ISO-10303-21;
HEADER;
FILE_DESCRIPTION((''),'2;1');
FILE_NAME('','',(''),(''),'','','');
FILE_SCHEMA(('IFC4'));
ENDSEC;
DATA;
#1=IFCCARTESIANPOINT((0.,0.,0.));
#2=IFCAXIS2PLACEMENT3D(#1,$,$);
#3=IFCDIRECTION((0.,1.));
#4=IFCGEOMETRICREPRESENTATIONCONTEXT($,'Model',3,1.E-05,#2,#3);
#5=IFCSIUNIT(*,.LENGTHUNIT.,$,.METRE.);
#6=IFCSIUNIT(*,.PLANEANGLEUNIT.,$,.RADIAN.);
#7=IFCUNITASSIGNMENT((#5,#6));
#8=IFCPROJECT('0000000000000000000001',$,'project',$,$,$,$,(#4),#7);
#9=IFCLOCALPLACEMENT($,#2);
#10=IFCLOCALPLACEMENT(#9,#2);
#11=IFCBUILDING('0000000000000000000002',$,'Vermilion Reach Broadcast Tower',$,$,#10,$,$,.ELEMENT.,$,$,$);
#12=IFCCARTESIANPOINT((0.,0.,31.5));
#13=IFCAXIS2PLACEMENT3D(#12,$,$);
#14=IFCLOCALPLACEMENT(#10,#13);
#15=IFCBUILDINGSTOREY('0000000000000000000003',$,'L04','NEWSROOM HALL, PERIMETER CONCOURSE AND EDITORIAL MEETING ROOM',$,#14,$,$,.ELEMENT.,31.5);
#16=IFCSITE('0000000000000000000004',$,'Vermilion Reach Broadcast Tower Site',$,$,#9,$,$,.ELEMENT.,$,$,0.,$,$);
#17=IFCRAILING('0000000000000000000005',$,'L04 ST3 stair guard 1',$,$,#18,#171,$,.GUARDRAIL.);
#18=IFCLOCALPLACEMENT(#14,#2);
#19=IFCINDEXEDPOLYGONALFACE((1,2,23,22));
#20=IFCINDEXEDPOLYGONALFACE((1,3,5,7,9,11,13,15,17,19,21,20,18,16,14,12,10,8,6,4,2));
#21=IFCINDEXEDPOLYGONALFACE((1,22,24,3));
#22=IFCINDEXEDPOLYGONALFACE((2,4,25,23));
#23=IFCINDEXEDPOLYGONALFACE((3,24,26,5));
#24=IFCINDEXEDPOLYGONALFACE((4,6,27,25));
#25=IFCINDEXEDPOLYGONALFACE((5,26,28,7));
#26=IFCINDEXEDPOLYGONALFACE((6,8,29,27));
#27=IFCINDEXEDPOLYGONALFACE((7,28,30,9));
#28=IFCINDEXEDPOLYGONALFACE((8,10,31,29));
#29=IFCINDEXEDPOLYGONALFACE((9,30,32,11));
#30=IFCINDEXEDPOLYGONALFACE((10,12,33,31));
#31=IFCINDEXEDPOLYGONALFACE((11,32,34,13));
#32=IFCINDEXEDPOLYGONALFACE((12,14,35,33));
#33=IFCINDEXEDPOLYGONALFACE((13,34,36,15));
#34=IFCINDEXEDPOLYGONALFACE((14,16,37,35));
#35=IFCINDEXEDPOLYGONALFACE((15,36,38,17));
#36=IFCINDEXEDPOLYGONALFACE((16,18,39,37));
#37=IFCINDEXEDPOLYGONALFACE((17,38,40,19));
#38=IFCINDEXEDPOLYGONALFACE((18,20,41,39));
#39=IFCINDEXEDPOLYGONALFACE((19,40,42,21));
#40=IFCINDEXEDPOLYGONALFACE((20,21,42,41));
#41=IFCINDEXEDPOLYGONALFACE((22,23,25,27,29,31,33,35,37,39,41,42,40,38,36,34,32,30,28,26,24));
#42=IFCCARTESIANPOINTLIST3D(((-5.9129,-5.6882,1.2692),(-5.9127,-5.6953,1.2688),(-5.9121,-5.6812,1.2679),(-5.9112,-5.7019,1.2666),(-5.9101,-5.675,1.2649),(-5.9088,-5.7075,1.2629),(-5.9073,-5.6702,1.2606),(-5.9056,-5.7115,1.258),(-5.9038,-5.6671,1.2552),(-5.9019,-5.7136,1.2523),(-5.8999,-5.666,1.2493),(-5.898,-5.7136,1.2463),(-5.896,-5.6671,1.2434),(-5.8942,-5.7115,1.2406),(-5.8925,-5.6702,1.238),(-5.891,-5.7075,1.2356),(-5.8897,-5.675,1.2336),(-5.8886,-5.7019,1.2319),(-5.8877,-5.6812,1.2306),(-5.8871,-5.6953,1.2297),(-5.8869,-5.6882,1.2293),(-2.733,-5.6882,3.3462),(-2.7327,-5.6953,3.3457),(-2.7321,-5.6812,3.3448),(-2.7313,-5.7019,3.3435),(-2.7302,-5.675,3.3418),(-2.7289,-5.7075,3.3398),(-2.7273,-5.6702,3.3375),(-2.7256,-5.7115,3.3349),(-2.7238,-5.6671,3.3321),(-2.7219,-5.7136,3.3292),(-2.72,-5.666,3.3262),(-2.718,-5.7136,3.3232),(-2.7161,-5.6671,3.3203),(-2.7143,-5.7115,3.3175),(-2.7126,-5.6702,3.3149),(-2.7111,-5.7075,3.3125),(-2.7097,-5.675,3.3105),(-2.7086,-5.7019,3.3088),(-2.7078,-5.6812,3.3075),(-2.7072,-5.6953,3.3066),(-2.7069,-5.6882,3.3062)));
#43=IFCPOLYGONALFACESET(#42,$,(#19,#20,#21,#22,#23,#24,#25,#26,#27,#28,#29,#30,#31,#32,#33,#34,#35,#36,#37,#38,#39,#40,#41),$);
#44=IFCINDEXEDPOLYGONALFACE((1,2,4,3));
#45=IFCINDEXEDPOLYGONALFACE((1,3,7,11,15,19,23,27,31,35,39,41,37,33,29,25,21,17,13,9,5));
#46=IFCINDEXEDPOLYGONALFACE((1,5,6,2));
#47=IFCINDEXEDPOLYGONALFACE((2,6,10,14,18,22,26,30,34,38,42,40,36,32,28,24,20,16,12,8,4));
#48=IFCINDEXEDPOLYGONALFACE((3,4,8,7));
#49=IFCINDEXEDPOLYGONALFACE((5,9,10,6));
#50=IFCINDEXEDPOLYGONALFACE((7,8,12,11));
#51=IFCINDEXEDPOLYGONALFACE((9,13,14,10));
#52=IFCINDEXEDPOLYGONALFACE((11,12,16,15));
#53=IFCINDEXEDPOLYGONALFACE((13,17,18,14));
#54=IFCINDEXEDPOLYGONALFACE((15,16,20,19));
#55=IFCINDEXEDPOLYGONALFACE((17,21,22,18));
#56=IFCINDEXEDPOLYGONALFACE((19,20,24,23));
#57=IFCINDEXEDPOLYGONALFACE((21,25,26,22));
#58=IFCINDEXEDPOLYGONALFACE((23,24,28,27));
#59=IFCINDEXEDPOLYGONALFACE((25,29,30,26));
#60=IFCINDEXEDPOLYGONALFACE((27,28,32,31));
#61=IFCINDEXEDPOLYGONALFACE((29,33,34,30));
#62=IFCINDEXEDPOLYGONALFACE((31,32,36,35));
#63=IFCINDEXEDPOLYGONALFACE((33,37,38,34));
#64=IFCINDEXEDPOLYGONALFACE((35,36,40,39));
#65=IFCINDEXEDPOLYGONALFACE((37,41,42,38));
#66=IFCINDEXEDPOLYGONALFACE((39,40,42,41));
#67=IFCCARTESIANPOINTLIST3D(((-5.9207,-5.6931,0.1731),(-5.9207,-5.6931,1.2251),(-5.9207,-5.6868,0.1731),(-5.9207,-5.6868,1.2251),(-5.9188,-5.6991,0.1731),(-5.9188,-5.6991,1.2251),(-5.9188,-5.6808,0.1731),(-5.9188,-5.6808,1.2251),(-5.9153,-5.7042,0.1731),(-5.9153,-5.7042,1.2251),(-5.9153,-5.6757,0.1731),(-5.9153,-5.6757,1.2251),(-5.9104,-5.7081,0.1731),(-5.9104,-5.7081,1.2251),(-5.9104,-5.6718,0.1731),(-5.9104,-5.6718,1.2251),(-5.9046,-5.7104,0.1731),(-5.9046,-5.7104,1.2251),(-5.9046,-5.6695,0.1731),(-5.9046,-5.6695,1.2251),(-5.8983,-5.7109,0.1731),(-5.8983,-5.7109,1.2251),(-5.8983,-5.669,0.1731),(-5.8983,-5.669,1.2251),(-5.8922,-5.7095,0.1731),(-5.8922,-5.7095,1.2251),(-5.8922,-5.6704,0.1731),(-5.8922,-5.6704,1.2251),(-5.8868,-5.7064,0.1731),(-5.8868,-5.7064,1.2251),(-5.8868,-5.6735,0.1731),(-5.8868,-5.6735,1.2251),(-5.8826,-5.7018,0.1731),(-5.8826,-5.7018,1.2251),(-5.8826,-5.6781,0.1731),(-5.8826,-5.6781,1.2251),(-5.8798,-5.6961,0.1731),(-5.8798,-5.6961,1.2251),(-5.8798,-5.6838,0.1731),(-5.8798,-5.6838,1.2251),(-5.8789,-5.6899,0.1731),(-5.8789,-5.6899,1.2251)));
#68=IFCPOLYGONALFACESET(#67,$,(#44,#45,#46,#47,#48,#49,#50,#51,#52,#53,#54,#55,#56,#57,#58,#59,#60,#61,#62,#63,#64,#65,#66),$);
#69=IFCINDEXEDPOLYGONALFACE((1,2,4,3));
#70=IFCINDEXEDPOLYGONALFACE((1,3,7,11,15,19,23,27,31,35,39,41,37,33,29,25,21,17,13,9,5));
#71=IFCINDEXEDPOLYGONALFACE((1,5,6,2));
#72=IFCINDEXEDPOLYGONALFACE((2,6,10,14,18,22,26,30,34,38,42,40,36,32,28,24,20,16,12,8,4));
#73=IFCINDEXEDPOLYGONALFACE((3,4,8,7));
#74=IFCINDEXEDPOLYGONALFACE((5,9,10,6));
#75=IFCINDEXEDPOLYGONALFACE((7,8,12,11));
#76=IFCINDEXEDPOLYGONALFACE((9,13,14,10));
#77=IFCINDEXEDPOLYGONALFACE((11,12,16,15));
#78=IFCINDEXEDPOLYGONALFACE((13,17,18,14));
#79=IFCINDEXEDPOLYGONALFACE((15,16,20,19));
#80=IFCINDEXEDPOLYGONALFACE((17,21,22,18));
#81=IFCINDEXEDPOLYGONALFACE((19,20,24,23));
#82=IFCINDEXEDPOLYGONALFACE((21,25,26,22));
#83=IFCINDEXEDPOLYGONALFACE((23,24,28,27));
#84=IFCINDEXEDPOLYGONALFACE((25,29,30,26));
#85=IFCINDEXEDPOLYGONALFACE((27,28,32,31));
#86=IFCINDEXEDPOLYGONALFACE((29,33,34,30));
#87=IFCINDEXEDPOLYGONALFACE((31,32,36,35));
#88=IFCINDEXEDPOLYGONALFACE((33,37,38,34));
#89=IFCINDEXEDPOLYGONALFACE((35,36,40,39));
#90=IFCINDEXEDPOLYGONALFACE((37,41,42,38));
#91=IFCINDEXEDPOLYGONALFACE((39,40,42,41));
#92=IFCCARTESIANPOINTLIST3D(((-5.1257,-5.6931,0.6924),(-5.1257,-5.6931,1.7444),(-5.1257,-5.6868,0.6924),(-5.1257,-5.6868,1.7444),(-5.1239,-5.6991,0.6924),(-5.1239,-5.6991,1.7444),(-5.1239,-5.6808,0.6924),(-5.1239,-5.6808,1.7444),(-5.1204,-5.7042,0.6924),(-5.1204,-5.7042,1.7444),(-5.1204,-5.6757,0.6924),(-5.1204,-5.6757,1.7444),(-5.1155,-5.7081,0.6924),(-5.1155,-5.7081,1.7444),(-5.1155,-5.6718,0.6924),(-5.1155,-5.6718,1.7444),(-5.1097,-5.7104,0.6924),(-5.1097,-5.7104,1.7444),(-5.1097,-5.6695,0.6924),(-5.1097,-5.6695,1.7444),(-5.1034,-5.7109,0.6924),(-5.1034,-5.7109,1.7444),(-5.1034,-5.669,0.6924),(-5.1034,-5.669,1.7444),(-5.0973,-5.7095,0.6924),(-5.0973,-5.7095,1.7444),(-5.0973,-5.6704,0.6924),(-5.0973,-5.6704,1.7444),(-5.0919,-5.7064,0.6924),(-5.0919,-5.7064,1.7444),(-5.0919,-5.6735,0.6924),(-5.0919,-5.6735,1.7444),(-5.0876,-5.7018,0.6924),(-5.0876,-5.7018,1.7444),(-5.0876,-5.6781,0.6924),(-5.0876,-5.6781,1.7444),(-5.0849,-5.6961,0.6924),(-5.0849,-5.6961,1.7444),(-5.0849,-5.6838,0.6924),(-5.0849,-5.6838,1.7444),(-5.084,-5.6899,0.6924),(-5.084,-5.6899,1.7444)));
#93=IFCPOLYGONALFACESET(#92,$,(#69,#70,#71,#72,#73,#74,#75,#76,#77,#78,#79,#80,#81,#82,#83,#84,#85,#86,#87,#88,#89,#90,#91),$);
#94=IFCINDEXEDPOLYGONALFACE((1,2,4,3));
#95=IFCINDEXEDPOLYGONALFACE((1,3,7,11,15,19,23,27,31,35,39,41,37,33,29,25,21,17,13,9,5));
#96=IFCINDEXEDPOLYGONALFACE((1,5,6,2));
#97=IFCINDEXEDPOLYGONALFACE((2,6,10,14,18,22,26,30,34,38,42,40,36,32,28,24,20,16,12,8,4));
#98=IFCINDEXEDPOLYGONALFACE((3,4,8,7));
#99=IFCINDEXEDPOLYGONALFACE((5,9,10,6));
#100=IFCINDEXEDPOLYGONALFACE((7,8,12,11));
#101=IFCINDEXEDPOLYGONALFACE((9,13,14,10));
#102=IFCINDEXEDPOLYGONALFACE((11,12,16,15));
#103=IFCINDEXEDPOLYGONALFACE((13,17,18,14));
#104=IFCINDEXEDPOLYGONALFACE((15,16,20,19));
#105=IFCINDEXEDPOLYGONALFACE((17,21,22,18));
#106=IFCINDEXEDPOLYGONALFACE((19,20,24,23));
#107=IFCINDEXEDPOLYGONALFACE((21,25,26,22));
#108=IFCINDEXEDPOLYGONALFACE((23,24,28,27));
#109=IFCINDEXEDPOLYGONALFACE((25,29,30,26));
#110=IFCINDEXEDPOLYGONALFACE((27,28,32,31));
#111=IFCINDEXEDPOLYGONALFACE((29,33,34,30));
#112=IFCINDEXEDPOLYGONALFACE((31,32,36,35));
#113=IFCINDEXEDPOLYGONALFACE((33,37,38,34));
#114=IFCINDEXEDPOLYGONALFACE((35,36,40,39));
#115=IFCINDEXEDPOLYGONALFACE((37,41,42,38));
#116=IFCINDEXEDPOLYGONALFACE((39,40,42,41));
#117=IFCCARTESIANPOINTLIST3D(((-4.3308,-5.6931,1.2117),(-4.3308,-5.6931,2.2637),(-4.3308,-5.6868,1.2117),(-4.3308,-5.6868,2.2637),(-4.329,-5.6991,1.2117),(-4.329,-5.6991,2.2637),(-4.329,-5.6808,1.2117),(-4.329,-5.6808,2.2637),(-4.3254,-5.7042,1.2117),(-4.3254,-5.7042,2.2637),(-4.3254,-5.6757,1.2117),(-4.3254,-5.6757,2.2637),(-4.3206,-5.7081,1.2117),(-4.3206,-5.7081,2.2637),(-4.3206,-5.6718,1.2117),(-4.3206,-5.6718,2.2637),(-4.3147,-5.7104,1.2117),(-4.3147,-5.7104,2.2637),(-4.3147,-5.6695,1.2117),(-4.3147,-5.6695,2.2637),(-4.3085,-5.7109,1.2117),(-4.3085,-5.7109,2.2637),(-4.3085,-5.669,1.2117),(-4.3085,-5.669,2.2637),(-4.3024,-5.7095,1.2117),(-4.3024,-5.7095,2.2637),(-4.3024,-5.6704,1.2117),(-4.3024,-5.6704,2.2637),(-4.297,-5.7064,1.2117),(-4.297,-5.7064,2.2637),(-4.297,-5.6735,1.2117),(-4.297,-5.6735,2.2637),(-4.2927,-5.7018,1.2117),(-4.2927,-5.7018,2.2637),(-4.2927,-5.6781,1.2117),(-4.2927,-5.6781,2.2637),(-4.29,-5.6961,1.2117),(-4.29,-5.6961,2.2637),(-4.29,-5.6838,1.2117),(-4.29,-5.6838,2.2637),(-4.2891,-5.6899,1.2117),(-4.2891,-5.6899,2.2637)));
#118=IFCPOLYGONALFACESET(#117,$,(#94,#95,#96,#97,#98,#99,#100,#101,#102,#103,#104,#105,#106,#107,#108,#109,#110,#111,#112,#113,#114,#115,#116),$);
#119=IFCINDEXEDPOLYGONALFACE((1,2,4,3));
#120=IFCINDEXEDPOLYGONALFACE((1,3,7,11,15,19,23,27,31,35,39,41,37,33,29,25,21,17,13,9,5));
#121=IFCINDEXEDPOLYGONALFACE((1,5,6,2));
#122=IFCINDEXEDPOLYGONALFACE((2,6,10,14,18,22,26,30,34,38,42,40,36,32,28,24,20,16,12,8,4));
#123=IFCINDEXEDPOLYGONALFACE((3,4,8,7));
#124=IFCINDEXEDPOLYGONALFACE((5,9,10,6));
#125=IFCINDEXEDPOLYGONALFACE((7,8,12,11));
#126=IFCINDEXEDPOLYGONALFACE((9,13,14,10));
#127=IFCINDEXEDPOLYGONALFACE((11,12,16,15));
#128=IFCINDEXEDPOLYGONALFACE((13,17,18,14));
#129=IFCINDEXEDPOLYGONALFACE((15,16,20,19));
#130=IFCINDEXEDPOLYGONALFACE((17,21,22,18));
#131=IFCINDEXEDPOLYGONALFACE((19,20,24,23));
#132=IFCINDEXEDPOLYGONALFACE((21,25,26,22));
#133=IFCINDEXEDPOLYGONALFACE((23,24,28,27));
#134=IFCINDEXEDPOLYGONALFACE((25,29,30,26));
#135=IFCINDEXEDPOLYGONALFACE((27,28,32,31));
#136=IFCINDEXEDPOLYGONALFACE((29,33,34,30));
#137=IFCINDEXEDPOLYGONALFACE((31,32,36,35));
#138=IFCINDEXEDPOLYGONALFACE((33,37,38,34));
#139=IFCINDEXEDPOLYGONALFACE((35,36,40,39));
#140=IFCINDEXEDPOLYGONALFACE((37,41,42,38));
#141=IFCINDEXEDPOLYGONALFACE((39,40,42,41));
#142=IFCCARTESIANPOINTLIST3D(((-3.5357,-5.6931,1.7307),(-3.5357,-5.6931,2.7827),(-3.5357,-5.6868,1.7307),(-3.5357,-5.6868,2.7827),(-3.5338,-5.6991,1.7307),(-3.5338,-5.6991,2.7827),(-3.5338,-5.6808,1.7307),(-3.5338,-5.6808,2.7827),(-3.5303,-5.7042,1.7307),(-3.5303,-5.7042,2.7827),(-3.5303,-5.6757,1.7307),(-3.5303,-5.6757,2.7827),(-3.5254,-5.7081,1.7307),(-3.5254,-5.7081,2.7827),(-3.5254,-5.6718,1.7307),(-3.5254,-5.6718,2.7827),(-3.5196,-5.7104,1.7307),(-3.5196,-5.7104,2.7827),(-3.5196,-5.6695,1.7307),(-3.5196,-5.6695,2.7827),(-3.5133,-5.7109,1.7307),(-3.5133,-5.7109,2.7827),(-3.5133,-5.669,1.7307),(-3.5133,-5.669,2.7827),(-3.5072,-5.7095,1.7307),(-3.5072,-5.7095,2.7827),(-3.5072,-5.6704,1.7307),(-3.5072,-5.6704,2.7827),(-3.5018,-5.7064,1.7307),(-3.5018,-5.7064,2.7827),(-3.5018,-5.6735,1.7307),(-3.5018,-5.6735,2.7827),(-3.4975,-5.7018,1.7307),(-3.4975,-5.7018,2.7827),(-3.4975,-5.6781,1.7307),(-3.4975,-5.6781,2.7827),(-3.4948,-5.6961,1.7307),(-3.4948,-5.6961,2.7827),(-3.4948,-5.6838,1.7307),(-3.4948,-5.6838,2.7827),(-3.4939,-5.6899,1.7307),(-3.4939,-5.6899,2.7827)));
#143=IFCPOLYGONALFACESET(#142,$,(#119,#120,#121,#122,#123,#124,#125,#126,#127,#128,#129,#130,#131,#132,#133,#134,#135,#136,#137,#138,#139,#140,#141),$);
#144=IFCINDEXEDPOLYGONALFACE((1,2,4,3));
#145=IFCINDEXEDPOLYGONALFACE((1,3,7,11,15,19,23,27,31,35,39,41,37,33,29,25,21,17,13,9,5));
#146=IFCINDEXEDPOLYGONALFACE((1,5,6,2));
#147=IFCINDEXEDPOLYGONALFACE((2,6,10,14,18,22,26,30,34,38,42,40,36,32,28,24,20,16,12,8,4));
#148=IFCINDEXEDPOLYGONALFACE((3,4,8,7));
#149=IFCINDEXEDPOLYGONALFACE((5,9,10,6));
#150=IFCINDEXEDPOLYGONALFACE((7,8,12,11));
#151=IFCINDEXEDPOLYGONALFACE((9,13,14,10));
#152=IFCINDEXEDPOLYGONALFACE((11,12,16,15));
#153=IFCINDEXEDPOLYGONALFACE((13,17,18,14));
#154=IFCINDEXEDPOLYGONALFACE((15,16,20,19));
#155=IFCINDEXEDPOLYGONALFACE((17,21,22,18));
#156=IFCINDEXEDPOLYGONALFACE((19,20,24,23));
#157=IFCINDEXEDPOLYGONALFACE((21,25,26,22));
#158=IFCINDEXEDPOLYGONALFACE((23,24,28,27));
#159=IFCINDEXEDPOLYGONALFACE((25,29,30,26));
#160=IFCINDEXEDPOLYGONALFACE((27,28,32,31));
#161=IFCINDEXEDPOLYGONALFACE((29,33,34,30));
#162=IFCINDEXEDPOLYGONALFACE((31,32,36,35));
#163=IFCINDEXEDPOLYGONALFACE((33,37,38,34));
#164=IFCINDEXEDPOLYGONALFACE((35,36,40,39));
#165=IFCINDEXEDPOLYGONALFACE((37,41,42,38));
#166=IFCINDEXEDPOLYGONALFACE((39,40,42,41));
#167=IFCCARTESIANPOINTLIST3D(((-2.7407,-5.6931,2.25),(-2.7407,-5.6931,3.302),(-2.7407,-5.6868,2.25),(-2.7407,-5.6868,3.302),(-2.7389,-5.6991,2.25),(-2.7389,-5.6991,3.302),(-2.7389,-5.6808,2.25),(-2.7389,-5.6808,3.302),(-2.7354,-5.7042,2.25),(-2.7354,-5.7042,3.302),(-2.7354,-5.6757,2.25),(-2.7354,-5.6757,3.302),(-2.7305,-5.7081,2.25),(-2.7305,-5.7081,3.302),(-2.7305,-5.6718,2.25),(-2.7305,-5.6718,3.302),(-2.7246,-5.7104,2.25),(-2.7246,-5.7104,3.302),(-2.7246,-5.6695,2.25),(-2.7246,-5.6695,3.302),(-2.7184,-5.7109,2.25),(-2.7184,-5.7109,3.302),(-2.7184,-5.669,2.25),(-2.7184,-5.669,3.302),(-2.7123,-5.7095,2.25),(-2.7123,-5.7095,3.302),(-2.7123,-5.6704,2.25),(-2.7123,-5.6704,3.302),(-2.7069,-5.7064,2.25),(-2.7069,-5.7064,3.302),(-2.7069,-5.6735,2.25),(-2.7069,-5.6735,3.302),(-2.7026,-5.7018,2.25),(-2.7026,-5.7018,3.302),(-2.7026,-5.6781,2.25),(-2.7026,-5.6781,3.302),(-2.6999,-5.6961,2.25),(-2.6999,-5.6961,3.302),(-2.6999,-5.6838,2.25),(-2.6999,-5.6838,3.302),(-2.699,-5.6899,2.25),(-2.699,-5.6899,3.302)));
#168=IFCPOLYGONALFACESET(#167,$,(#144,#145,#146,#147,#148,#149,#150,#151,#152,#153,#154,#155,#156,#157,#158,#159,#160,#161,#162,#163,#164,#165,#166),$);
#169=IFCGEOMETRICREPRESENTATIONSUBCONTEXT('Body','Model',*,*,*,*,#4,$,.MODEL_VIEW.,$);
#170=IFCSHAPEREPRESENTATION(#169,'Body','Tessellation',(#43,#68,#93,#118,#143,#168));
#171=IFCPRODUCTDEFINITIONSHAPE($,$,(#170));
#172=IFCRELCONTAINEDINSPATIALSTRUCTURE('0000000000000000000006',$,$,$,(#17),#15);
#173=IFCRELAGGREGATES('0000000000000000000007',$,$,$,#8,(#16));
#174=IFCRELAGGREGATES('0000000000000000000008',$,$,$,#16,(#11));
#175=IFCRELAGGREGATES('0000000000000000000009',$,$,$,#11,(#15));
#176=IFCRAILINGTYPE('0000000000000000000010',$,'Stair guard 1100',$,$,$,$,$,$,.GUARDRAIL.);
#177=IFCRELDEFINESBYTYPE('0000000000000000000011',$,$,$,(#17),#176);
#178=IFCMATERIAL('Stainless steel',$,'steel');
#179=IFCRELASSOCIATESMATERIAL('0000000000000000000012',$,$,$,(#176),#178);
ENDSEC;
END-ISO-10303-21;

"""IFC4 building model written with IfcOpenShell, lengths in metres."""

from ifc_helpers import new_model, si_unit, direction, frame, origin, origin_2d, place, context, subcontext, project, spatial, circle, extrude, material, type_object, element, save


model = new_model("IFC4")

# Units and contexts
model_context = context("Model", 3, precision=1e-05, world=origin(), true_north=direction((0.0, 1.0)))
body_context = subcontext(model_context, "Body", "Model", "MODEL_VIEW")
ifc_project = project(units=[si_unit("LENGTHUNIT", "METRE"), si_unit("PLANEANGLEUNIT", "RADIAN")], contexts=[model_context])

# Site, building, storey
site_placement = place(None, origin())
site = spatial("IfcSite", under=ifc_project, at=site_placement, Name="Vermilion Reach Broadcast Tower Site", CompositionType="ELEMENT", RefElevation=0.0)
building_placement = place(site_placement, origin())
building = spatial("IfcBuilding", under=site, at=building_placement, Name="Vermilion Reach Broadcast Tower", CompositionType="ELEMENT")
storey_placement = place(building_placement, frame((0.0, 0.0, 31.5)))
storey = spatial("IfcBuildingStorey", under=building, at=storey_placement, Name="L04", Description="NEWSROOM HALL, PERIMETER CONCOURSE AND EDITORIAL MEETING ROOM", CompositionType="ELEMENT", Elevation=31.5)

# Railing
ifc_material_1 = material(Name="Stainless steel", Category="steel")
railing_type_1 = type_object("IfcRailingType", Name="Stair guard 1100", PredefinedType="GUARDRAIL", material=ifc_material_1)
railing_1_placement = place(storey_placement, frame((-5.8999, -5.6899, 0.1731)))
element("IfcRailing", 1, at=railing_1_placement, inside=storey, type_object=railing_type_1, Name="L04 ST3 stair guard 1", PredefinedType="GUARDRAIL", context=body_context, shape_type="SweptSolid", body=[
    extrude(circle(Radius=0.0239, at=origin_2d()), frame((0.0, 0.0, 1.0762), z_axis=(0.837245, 0.0, 0.546828), x_axis=(0.0, 1.0, 0.0)), (0.0, 0.0, 1.0), 3.7981),
    extrude(circle(Radius=0.021, at=origin_2d()), origin(), (0.0, 0.0, 1.0), 1.052),
    extrude(circle(Radius=0.021, at=origin_2d()), frame((0.7949, 0.0, 0.5193)), (0.0, 0.0, 1.0), 1.052),
    extrude(circle(Radius=0.021, at=origin_2d()), frame((1.5898, 0.0, 1.0386)), (0.0, 0.0, 1.0), 1.052),
    extrude(circle(Radius=0.021, at=origin_2d()), frame((2.385, 0.0, 1.5576)), (0.0, 0.0, 1.0), 1.052),
    extrude(circle(Radius=0.021, at=origin_2d()), frame((3.1799, 0.0, 2.0769)), (0.0, 0.0, 1.0), 1.052),
])

save(model, "model.ifc")
